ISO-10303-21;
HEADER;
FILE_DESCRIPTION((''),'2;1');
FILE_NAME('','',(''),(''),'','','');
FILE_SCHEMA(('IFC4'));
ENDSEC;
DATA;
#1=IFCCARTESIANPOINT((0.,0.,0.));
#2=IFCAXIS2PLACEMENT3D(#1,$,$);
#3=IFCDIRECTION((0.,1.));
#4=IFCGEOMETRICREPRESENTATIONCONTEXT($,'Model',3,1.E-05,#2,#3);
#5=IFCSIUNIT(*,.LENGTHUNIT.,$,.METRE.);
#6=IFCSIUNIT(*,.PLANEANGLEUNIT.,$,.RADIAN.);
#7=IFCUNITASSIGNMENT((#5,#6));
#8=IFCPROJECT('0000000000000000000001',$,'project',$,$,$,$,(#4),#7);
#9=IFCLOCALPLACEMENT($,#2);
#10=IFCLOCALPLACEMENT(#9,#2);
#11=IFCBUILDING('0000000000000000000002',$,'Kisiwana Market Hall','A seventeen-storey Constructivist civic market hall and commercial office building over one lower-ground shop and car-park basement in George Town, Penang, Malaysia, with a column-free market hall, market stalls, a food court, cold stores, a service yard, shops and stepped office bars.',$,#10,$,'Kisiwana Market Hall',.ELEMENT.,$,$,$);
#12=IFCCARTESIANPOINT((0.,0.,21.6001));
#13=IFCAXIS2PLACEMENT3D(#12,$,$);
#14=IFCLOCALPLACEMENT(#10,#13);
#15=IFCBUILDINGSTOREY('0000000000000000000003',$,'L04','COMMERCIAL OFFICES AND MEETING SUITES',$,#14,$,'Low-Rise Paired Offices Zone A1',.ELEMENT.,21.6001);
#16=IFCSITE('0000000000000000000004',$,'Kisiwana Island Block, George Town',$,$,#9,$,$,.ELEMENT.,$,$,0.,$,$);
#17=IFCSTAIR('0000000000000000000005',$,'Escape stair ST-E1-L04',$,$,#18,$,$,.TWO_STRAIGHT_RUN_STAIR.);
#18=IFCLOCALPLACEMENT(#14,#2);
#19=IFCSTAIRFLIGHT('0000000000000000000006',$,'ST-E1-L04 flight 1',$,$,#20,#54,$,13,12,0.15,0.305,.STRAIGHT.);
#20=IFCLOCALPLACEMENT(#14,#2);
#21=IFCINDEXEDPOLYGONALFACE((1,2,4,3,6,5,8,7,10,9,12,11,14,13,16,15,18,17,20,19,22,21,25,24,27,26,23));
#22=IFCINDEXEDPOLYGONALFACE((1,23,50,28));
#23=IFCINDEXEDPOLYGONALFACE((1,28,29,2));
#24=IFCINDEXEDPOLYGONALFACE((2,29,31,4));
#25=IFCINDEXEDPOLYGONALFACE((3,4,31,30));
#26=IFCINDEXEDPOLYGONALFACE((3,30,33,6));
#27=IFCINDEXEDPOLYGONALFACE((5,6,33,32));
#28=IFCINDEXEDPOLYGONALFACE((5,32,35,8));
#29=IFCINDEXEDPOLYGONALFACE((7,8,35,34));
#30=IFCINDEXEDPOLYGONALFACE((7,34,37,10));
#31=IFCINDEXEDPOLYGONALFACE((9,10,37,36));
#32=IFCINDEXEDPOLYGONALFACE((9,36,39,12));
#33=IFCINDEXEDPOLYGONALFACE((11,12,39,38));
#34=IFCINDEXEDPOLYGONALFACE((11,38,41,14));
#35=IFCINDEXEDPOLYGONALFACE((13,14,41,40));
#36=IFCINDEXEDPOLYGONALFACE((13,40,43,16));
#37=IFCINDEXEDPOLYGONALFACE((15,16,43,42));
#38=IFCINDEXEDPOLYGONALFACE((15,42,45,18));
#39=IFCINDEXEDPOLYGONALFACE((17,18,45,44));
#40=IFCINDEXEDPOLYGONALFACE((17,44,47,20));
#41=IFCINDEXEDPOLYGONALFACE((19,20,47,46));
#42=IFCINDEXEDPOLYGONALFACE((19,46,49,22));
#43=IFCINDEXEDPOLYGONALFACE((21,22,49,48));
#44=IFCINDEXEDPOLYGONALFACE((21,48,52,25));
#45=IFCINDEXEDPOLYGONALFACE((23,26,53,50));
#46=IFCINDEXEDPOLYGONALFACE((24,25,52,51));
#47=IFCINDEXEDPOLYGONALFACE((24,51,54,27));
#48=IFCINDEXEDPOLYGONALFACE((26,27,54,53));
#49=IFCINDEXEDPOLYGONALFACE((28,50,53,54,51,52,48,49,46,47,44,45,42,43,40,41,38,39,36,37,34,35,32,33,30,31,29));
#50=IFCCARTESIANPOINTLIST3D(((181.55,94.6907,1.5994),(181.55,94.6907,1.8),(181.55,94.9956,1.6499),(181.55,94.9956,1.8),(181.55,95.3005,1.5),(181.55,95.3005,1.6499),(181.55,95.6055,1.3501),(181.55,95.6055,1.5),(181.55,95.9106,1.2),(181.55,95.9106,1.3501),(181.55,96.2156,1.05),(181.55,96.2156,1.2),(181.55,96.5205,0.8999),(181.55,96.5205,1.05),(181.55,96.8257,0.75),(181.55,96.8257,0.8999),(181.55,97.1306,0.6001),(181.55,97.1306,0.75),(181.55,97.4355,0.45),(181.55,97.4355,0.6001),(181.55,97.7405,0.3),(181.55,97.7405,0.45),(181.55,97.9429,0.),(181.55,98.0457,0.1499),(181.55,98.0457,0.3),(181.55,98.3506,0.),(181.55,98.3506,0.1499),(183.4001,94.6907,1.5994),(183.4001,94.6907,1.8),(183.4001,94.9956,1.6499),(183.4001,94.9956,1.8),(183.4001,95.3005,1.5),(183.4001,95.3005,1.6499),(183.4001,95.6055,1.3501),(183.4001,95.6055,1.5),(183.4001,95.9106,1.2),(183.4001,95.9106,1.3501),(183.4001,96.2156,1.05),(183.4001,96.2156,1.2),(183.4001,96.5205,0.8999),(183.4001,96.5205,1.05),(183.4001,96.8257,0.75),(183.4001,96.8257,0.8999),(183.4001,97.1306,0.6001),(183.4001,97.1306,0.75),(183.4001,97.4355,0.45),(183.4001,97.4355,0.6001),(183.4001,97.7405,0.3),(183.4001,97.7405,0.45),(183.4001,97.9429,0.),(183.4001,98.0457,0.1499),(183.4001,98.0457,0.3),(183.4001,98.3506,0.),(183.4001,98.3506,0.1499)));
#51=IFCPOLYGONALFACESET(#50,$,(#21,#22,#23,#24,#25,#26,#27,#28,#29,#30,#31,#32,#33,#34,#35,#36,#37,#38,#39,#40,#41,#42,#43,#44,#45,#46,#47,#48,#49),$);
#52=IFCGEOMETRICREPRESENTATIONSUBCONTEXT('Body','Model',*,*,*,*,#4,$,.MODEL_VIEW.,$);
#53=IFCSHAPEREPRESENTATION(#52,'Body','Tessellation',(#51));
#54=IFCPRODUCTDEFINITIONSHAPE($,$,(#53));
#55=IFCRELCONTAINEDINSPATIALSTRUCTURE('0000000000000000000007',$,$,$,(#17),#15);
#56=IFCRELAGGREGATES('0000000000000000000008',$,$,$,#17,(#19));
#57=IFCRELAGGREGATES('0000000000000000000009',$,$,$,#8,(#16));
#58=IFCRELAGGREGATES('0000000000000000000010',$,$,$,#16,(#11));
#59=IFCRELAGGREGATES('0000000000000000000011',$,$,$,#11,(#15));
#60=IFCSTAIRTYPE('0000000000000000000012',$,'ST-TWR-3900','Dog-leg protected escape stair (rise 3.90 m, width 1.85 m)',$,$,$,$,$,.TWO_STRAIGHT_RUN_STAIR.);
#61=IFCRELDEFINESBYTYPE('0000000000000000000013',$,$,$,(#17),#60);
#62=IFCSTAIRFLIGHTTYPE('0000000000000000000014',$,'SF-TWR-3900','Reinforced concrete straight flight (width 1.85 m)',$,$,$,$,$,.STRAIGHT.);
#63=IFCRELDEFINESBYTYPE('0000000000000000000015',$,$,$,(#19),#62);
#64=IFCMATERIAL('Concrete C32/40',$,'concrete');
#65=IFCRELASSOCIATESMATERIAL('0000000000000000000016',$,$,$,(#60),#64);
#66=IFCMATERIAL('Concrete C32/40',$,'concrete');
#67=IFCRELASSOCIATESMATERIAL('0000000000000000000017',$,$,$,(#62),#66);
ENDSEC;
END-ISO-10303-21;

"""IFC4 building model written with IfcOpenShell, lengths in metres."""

from ifc_helpers import new_model, si_unit, direction, frame, origin, place, context, subcontext, project, spatial, polyline, outline, extrude, material, type_object, element, aggregate, save


model = new_model("IFC4")

# Units and contexts
model_context = context("Model", 3, precision=1e-05, world=origin(), true_north=direction((0.0, 1.0)))
body_context = subcontext(model_context, "Body", "Model", "MODEL_VIEW")
ifc_project = project(units=[si_unit("LENGTHUNIT", "METRE"), si_unit("PLANEANGLEUNIT", "RADIAN")], contexts=[model_context])

# Site, building, storey
site_placement = place(None, origin())
site = spatial("IfcSite", under=ifc_project, at=site_placement, Name="Kisiwana Island Block, George Town", CompositionType="ELEMENT", RefElevation=0.0)
building_placement = place(site_placement, origin())
building = spatial("IfcBuilding", under=site, at=building_placement, Name="Kisiwana Market Hall", Description="A seventeen-storey Constructivist civic market hall and commercial office building over one lower-ground shop and car-park basement in George Town, Penang, Malaysia, with a column-free market hall, market stalls, a food court, cold stores, a service yard, shops and stepped office bars.", LongName="Kisiwana Market Hall", CompositionType="ELEMENT")
storey_placement = place(building_placement, frame((0.0, 0.0, 21.6001)))
storey = spatial("IfcBuildingStorey", under=building, at=storey_placement, Name="L04", Description="COMMERCIAL OFFICES AND MEETING SUITES", LongName="Low-Rise Paired Offices Zone A1", CompositionType="ELEMENT", Elevation=21.6001)

# Stair, stair flight
ifc_material_1 = material(Name="Concrete C32/40", Category="concrete")
stair_type = type_object("IfcStairType", Name="ST-TWR-3900", Description="Dog-leg protected escape stair (rise 3.90 m, width 1.85 m)", PredefinedType="TWO_STRAIGHT_RUN_STAIR", material=ifc_material_1)
stair_placement = place(storey_placement, origin())
stair = element("IfcStair", 1, at=stair_placement, inside=storey, type_object=stair_type, Name="Escape stair ST-E1-L04", PredefinedType="TWO_STRAIGHT_RUN_STAIR")
ifc_material_2 = material(Name="Concrete C32/40", Category="concrete")
stair_flight_type = type_object("IfcStairFlightType", Name="SF-TWR-3900", Description="Reinforced concrete straight flight (width 1.85 m)", PredefinedType="STRAIGHT", material=ifc_material_2)
stair_flight_placement = place(storey_placement, frame((182.4751, 98.3506, 0.0), z_axis=(0.0, 0.0, 1.0), x_axis=(0.0, -1.0, 0.0)))
stair_flight = element("IfcStairFlight", 2, at=stair_flight_placement, type_object=stair_flight_type, Name="ST-E1-L04 flight 1", NumberOfRisers=13, NumberOfTreads=12, PredefinedType="STRAIGHT", RiserHeight=0.15, TreadLength=0.305, context=body_context, shape_type="SweptSolid", body=[
    extrude(outline(polyline([(0.0, 0.0), (0.0, 0.1499), (0.3049, 0.1499), (0.3049, 0.3), (0.6101, 0.3), (0.6101, 0.45), (0.915, 0.45), (0.915, 0.6001), (1.22, 0.6001), (1.22, 0.75), (1.5249, 0.75), (1.5249, 0.8999), (1.8301, 0.8999), (1.8301, 1.05), (2.135, 1.05), (2.135, 1.2), (2.4399, 1.2), (2.4399, 1.3501), (2.7451, 1.3501), (2.7451, 1.5), (3.05, 1.5), (3.05, 1.6499), (3.355, 1.6499), (3.355, 1.8), (3.6599, 1.8), (3.6599, 1.95), (3.6599, 1.5994), (0.4077, 0.0), (0.0, 0.0)])), frame((0.0, 0.925, 0.0), z_axis=(0.0, -1.0, 0.0), x_axis=(1.0, 0.0, 0.0)), (0.0, 0.0, 1.0), 1.8501),
])
aggregate(stair, [stair_flight])

save(model, "model.ifc")
